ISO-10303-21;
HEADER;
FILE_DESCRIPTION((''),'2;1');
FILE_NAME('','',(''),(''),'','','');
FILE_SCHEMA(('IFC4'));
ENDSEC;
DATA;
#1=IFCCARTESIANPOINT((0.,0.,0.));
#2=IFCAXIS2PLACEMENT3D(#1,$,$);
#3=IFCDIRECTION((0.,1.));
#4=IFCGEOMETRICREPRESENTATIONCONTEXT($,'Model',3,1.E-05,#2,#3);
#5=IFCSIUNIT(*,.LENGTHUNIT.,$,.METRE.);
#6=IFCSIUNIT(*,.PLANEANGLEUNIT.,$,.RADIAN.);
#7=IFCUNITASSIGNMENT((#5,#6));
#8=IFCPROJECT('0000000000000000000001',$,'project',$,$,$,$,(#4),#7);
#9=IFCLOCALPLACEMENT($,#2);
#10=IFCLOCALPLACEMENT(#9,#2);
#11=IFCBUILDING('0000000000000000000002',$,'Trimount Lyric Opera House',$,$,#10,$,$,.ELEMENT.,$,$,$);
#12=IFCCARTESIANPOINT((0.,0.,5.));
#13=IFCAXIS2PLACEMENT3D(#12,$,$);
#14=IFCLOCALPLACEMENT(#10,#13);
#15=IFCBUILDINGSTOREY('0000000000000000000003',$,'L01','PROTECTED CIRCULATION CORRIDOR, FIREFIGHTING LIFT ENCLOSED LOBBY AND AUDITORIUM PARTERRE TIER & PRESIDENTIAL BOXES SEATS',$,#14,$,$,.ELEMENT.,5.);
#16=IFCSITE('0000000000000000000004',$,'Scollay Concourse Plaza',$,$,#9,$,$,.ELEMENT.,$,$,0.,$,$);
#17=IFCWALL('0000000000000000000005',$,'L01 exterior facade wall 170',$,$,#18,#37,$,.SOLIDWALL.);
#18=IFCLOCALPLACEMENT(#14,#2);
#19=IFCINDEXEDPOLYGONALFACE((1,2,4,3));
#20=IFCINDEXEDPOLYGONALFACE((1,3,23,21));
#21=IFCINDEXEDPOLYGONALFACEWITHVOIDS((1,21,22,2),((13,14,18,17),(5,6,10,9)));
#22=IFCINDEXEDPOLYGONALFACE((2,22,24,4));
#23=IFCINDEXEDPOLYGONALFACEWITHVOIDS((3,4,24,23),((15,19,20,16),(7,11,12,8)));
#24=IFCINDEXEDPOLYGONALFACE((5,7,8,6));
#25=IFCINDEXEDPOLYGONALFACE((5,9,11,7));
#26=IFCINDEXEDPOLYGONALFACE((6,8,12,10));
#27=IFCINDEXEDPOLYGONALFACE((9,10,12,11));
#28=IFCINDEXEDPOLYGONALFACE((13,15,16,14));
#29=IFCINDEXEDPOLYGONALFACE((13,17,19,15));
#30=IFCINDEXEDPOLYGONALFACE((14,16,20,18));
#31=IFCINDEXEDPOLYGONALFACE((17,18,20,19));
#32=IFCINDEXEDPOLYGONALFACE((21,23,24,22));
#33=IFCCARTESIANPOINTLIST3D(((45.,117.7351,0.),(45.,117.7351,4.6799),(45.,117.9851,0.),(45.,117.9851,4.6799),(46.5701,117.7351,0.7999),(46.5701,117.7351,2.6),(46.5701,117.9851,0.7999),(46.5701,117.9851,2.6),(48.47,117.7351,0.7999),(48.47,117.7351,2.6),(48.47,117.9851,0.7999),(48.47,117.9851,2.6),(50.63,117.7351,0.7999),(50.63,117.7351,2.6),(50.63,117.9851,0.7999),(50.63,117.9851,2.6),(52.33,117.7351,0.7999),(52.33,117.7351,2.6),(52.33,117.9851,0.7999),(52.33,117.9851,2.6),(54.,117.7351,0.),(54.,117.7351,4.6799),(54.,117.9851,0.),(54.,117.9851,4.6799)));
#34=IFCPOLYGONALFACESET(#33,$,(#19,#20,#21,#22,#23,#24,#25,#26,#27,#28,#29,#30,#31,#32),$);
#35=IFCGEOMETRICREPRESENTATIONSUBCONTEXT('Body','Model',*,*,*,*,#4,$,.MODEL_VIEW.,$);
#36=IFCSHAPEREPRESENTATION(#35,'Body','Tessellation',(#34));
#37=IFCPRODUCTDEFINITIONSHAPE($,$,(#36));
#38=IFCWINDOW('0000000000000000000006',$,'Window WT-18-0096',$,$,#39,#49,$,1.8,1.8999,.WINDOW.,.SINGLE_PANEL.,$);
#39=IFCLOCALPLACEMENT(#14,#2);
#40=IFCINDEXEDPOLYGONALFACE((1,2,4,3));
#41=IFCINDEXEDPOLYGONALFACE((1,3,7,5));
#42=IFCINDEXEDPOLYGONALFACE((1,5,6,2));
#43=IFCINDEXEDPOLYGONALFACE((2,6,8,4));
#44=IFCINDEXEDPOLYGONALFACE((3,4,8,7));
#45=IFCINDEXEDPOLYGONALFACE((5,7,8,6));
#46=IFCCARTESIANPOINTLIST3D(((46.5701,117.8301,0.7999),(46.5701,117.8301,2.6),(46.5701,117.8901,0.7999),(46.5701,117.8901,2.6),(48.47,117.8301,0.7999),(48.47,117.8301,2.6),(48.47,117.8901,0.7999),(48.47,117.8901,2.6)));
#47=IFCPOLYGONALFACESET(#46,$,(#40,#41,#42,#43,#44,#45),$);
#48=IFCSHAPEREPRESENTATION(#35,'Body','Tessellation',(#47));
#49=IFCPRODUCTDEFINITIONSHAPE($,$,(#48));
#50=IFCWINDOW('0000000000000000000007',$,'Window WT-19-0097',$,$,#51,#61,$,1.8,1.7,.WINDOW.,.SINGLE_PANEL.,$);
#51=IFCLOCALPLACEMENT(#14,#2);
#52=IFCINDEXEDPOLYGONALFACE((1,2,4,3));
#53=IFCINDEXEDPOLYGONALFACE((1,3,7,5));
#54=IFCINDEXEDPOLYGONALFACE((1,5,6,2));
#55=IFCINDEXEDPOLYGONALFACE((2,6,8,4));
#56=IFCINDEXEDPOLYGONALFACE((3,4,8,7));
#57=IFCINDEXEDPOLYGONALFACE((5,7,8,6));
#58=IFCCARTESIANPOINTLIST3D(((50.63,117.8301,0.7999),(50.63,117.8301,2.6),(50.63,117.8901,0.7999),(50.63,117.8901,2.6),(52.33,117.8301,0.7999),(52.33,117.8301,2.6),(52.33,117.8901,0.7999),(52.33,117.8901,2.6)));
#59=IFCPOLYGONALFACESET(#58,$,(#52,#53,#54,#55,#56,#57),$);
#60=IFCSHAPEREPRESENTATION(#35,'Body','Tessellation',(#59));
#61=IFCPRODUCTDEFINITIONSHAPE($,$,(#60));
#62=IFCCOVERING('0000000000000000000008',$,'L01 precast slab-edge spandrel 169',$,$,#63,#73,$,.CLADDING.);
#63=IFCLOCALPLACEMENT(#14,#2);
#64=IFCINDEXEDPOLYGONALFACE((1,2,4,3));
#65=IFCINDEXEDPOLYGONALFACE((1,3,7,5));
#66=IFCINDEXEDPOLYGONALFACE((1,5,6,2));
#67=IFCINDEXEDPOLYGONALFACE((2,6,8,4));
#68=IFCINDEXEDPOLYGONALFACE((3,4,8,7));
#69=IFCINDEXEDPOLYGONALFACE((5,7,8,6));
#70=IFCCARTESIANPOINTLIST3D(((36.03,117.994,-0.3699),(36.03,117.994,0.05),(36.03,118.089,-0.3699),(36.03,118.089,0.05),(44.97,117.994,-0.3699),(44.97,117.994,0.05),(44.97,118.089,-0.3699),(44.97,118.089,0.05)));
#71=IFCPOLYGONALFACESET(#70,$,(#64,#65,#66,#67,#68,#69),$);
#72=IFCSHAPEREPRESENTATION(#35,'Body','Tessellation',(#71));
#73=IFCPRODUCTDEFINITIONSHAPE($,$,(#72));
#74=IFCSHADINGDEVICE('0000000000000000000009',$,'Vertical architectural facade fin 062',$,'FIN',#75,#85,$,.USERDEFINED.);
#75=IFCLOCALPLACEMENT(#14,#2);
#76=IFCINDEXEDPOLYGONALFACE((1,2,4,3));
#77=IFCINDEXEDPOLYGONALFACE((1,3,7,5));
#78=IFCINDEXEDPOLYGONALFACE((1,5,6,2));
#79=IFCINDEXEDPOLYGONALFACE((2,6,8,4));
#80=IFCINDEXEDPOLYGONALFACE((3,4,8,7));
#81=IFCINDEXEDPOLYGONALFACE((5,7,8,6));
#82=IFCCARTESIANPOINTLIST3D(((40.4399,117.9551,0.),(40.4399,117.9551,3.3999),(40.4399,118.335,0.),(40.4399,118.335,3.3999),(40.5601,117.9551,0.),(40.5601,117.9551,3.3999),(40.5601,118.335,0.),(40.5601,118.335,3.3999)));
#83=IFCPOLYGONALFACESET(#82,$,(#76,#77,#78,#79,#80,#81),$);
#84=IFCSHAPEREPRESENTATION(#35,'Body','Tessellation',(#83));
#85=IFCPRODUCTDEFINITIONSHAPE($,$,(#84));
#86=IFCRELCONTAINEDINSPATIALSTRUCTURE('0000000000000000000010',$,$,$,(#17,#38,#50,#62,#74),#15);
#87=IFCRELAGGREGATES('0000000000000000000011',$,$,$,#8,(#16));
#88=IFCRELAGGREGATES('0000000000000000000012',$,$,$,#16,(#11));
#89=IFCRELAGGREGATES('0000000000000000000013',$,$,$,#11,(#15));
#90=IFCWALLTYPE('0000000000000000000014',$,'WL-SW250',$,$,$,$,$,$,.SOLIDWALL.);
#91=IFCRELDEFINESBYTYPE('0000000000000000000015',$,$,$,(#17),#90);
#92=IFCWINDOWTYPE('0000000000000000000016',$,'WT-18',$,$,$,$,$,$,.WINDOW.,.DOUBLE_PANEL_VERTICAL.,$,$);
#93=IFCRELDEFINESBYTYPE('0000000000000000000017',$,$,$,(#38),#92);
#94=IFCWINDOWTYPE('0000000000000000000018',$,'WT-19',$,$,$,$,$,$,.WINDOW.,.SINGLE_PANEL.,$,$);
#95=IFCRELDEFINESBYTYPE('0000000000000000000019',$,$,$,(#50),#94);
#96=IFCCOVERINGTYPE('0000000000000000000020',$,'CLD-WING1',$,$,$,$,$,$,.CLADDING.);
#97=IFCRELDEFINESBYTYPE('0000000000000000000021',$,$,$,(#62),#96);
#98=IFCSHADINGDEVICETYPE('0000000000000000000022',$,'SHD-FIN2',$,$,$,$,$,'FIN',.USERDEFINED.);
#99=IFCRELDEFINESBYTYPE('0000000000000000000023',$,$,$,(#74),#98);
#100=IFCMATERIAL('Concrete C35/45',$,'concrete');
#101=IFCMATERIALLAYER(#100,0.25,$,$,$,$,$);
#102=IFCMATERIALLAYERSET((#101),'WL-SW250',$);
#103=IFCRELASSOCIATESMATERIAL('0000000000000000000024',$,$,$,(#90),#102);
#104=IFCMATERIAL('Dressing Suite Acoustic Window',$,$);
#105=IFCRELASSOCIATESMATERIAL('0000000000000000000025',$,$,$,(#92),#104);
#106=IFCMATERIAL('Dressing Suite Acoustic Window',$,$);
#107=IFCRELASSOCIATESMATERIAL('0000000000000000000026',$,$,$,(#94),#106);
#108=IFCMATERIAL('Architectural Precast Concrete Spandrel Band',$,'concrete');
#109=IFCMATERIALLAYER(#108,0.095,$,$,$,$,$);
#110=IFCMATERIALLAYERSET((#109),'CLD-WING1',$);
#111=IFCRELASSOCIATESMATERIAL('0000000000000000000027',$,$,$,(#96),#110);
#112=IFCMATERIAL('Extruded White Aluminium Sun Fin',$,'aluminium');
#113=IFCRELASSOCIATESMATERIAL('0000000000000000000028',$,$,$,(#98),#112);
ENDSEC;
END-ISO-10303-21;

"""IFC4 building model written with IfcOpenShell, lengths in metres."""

from ifc_helpers import new_model, si_unit, direction, frame, frame_2d, origin, origin_2d, place, context, subcontext, project, spatial, rectangle, extrude, material, layer, layer_set, type_object, element, fill, save


model = new_model("IFC4")

# Units and contexts
model_context = context("Model", 3, precision=1e-05, world=origin(), true_north=direction((0.0, 1.0)))
body_context = subcontext(model_context, "Body", "Model", "MODEL_VIEW")
ifc_project = project(units=[si_unit("LENGTHUNIT", "METRE"), si_unit("PLANEANGLEUNIT", "RADIAN")], contexts=[model_context])

# Site, building, storey
site_placement = place(None, origin())
site = spatial("IfcSite", under=ifc_project, at=site_placement, Name="Scollay Concourse Plaza", CompositionType="ELEMENT", RefElevation=0.0)
building_placement = place(site_placement, origin())
building = spatial("IfcBuilding", under=site, at=building_placement, Name="Trimount Lyric Opera House", CompositionType="ELEMENT")
storey_placement = place(building_placement, frame((0.0, 0.0, 5.0)))
storey = spatial("IfcBuildingStorey", under=building, at=storey_placement, Name="L01", Description="PROTECTED CIRCULATION CORRIDOR, FIREFIGHTING LIFT ENCLOSED LOBBY AND AUDITORIUM PARTERRE TIER & PRESIDENTIAL BOXES SEATS", CompositionType="ELEMENT", Elevation=5.0)

# Wall, openings, windows
ifc_material_1 = material(Name="Concrete C35/45", Category="concrete")
ifc_layer_1 = layer(ifc_material_1, 0.25)
ifc_layer_set_1 = layer_set([ifc_layer_1], Name="WL-SW250")
wall_type = type_object("IfcWallType", Name="WL-SW250", PredefinedType="SOLIDWALL", material=ifc_layer_set_1)
wall_placement = place(storey_placement, frame((45.0, 117.8601, 0.0), z_axis=(0.0, 0.0, 1.0), x_axis=(1.0, 0.0, 0.0)))
wall = element("IfcWall", 1, at=wall_placement, inside=storey, type_object=wall_type, Name="L01 exterior facade wall 170", PredefinedType="SOLIDWALL", context=body_context, shape_type="SweptSolid", body=[
    extrude(rectangle(XDim=9.0, YDim=0.25, at=frame_2d((4.5, 0.0))), origin(), (0.0, 0.0, 1.0), 4.6799),
])
opening_1_placement = place(wall_placement, frame((1.5701, 0.0, 0.8)))
opening_1 = element("IfcOpeningElement", 2, at=opening_1_placement, cuts=wall, PredefinedType="OPENING", context=body_context, shape_type="SweptSolid", body=[
    extrude(rectangle(XDim=1.8999, YDim=1.8, at=frame_2d((0.95, 0.8999))), frame((0.0, 0.135, 0.0), z_axis=(0.0, -1.0, 0.0), x_axis=(1.0, 0.0, 0.0)), (0.0, 0.0, 1.0), 0.27),
])
opening_2_placement = place(wall_placement, frame((5.6299, 0.0, 0.8)))
opening_2 = element("IfcOpeningElement", 3, at=opening_2_placement, cuts=wall, PredefinedType="OPENING", context=body_context, shape_type="SweptSolid", body=[
    extrude(rectangle(XDim=1.7, YDim=1.8, at=frame_2d((0.8501, 0.8999))), frame((0.0, 0.135, 0.0), z_axis=(0.0, -1.0, 0.0), x_axis=(1.0, 0.0, 0.0)), (0.0, 0.0, 1.0), 0.27),
])
ifc_material_2 = material(Name="Dressing Suite Acoustic Window")
window_type_1 = type_object("IfcWindowType", Name="WT-18", PartitioningType="DOUBLE_PANEL_VERTICAL", PredefinedType="WINDOW", material=ifc_material_2)
window_1_placement = place(opening_1_placement, origin())
window_1 = element("IfcWindow", 4, at=window_1_placement, inside=storey, type_object=window_type_1, Name="Window WT-18-0096", OverallHeight=1.8, OverallWidth=1.8999, PartitioningType="SINGLE_PANEL", PredefinedType="WINDOW", context=body_context, shape_type="SweptSolid", body=[
    extrude(rectangle(XDim=1.8999, YDim=1.8, at=frame_2d((0.95, 0.8999))), frame((0.0, 0.03, 0.0), z_axis=(0.0, -1.0, 0.0), x_axis=(1.0, 0.0, 0.0)), (0.0, 0.0, 1.0), 0.0601),
])
fill(opening_1, window_1)
ifc_material_3 = material(Name="Dressing Suite Acoustic Window")
window_type_2 = type_object("IfcWindowType", Name="WT-19", PartitioningType="SINGLE_PANEL", PredefinedType="WINDOW", material=ifc_material_3)
window_2_placement = place(opening_2_placement, origin())
window_2 = element("IfcWindow", 5, at=window_2_placement, inside=storey, type_object=window_type_2, Name="Window WT-19-0097", OverallHeight=1.8, OverallWidth=1.7, PartitioningType="SINGLE_PANEL", PredefinedType="WINDOW", context=body_context, shape_type="SweptSolid", body=[
    extrude(rectangle(XDim=1.7, YDim=1.8, at=frame_2d((0.8501, 0.8999))), frame((0.0, 0.03, 0.0), z_axis=(0.0, -1.0, 0.0), x_axis=(1.0, 0.0, 0.0)), (0.0, 0.0, 1.0), 0.0601),
])
fill(opening_2, window_2)

# Covering
ifc_material_4 = material(Name="Architectural Precast Concrete Spandrel Band", Category="concrete")
ifc_layer_2 = layer(ifc_material_4, 0.095)
ifc_layer_set_2 = layer_set([ifc_layer_2], Name="CLD-WING1")
covering_type = type_object("IfcCoveringType", Name="CLD-WING1", PredefinedType="CLADDING", material=ifc_layer_set_2)
covering_placement = place(storey_placement, frame((40.5, 118.0415, -0.3699), z_axis=(0.0, 0.0, 1.0), x_axis=(1.0, 0.0, 0.0)))
element("IfcCovering", 6, at=covering_placement, inside=storey, type_object=covering_type, Name="L01 precast slab-edge spandrel 169", PredefinedType="CLADDING", context=body_context, shape_type="SweptSolid", body=[
    extrude(rectangle(XDim=8.9399, YDim=0.095, at=origin_2d()), origin(), (0.0, 0.0, 1.0), 0.4199),
])

# Shading device
ifc_material_5 = material(Name="Extruded White Aluminium Sun Fin", Category="aluminium")
shading_device_type = type_object("IfcShadingDeviceType", Name="SHD-FIN2", ElementType="FIN", PredefinedType="USERDEFINED", material=ifc_material_5)
shading_device_placement = place(storey_placement, frame((40.5, 118.145, 0.0), z_axis=(0.0, 0.0, 1.0), x_axis=(1.0, 0.0, 0.0)))
element("IfcShadingDevice", 7, at=shading_device_placement, inside=storey, type_object=shading_device_type, Name="Vertical architectural facade fin 062", ObjectType="FIN", PredefinedType="USERDEFINED", context=body_context, shape_type="SweptSolid", body=[
    extrude(rectangle(XDim=0.1201, YDim=0.3799, at=origin_2d()), origin(), (0.0, 0.0, 1.0), 3.3999),
])

save(model, "model.ifc")
